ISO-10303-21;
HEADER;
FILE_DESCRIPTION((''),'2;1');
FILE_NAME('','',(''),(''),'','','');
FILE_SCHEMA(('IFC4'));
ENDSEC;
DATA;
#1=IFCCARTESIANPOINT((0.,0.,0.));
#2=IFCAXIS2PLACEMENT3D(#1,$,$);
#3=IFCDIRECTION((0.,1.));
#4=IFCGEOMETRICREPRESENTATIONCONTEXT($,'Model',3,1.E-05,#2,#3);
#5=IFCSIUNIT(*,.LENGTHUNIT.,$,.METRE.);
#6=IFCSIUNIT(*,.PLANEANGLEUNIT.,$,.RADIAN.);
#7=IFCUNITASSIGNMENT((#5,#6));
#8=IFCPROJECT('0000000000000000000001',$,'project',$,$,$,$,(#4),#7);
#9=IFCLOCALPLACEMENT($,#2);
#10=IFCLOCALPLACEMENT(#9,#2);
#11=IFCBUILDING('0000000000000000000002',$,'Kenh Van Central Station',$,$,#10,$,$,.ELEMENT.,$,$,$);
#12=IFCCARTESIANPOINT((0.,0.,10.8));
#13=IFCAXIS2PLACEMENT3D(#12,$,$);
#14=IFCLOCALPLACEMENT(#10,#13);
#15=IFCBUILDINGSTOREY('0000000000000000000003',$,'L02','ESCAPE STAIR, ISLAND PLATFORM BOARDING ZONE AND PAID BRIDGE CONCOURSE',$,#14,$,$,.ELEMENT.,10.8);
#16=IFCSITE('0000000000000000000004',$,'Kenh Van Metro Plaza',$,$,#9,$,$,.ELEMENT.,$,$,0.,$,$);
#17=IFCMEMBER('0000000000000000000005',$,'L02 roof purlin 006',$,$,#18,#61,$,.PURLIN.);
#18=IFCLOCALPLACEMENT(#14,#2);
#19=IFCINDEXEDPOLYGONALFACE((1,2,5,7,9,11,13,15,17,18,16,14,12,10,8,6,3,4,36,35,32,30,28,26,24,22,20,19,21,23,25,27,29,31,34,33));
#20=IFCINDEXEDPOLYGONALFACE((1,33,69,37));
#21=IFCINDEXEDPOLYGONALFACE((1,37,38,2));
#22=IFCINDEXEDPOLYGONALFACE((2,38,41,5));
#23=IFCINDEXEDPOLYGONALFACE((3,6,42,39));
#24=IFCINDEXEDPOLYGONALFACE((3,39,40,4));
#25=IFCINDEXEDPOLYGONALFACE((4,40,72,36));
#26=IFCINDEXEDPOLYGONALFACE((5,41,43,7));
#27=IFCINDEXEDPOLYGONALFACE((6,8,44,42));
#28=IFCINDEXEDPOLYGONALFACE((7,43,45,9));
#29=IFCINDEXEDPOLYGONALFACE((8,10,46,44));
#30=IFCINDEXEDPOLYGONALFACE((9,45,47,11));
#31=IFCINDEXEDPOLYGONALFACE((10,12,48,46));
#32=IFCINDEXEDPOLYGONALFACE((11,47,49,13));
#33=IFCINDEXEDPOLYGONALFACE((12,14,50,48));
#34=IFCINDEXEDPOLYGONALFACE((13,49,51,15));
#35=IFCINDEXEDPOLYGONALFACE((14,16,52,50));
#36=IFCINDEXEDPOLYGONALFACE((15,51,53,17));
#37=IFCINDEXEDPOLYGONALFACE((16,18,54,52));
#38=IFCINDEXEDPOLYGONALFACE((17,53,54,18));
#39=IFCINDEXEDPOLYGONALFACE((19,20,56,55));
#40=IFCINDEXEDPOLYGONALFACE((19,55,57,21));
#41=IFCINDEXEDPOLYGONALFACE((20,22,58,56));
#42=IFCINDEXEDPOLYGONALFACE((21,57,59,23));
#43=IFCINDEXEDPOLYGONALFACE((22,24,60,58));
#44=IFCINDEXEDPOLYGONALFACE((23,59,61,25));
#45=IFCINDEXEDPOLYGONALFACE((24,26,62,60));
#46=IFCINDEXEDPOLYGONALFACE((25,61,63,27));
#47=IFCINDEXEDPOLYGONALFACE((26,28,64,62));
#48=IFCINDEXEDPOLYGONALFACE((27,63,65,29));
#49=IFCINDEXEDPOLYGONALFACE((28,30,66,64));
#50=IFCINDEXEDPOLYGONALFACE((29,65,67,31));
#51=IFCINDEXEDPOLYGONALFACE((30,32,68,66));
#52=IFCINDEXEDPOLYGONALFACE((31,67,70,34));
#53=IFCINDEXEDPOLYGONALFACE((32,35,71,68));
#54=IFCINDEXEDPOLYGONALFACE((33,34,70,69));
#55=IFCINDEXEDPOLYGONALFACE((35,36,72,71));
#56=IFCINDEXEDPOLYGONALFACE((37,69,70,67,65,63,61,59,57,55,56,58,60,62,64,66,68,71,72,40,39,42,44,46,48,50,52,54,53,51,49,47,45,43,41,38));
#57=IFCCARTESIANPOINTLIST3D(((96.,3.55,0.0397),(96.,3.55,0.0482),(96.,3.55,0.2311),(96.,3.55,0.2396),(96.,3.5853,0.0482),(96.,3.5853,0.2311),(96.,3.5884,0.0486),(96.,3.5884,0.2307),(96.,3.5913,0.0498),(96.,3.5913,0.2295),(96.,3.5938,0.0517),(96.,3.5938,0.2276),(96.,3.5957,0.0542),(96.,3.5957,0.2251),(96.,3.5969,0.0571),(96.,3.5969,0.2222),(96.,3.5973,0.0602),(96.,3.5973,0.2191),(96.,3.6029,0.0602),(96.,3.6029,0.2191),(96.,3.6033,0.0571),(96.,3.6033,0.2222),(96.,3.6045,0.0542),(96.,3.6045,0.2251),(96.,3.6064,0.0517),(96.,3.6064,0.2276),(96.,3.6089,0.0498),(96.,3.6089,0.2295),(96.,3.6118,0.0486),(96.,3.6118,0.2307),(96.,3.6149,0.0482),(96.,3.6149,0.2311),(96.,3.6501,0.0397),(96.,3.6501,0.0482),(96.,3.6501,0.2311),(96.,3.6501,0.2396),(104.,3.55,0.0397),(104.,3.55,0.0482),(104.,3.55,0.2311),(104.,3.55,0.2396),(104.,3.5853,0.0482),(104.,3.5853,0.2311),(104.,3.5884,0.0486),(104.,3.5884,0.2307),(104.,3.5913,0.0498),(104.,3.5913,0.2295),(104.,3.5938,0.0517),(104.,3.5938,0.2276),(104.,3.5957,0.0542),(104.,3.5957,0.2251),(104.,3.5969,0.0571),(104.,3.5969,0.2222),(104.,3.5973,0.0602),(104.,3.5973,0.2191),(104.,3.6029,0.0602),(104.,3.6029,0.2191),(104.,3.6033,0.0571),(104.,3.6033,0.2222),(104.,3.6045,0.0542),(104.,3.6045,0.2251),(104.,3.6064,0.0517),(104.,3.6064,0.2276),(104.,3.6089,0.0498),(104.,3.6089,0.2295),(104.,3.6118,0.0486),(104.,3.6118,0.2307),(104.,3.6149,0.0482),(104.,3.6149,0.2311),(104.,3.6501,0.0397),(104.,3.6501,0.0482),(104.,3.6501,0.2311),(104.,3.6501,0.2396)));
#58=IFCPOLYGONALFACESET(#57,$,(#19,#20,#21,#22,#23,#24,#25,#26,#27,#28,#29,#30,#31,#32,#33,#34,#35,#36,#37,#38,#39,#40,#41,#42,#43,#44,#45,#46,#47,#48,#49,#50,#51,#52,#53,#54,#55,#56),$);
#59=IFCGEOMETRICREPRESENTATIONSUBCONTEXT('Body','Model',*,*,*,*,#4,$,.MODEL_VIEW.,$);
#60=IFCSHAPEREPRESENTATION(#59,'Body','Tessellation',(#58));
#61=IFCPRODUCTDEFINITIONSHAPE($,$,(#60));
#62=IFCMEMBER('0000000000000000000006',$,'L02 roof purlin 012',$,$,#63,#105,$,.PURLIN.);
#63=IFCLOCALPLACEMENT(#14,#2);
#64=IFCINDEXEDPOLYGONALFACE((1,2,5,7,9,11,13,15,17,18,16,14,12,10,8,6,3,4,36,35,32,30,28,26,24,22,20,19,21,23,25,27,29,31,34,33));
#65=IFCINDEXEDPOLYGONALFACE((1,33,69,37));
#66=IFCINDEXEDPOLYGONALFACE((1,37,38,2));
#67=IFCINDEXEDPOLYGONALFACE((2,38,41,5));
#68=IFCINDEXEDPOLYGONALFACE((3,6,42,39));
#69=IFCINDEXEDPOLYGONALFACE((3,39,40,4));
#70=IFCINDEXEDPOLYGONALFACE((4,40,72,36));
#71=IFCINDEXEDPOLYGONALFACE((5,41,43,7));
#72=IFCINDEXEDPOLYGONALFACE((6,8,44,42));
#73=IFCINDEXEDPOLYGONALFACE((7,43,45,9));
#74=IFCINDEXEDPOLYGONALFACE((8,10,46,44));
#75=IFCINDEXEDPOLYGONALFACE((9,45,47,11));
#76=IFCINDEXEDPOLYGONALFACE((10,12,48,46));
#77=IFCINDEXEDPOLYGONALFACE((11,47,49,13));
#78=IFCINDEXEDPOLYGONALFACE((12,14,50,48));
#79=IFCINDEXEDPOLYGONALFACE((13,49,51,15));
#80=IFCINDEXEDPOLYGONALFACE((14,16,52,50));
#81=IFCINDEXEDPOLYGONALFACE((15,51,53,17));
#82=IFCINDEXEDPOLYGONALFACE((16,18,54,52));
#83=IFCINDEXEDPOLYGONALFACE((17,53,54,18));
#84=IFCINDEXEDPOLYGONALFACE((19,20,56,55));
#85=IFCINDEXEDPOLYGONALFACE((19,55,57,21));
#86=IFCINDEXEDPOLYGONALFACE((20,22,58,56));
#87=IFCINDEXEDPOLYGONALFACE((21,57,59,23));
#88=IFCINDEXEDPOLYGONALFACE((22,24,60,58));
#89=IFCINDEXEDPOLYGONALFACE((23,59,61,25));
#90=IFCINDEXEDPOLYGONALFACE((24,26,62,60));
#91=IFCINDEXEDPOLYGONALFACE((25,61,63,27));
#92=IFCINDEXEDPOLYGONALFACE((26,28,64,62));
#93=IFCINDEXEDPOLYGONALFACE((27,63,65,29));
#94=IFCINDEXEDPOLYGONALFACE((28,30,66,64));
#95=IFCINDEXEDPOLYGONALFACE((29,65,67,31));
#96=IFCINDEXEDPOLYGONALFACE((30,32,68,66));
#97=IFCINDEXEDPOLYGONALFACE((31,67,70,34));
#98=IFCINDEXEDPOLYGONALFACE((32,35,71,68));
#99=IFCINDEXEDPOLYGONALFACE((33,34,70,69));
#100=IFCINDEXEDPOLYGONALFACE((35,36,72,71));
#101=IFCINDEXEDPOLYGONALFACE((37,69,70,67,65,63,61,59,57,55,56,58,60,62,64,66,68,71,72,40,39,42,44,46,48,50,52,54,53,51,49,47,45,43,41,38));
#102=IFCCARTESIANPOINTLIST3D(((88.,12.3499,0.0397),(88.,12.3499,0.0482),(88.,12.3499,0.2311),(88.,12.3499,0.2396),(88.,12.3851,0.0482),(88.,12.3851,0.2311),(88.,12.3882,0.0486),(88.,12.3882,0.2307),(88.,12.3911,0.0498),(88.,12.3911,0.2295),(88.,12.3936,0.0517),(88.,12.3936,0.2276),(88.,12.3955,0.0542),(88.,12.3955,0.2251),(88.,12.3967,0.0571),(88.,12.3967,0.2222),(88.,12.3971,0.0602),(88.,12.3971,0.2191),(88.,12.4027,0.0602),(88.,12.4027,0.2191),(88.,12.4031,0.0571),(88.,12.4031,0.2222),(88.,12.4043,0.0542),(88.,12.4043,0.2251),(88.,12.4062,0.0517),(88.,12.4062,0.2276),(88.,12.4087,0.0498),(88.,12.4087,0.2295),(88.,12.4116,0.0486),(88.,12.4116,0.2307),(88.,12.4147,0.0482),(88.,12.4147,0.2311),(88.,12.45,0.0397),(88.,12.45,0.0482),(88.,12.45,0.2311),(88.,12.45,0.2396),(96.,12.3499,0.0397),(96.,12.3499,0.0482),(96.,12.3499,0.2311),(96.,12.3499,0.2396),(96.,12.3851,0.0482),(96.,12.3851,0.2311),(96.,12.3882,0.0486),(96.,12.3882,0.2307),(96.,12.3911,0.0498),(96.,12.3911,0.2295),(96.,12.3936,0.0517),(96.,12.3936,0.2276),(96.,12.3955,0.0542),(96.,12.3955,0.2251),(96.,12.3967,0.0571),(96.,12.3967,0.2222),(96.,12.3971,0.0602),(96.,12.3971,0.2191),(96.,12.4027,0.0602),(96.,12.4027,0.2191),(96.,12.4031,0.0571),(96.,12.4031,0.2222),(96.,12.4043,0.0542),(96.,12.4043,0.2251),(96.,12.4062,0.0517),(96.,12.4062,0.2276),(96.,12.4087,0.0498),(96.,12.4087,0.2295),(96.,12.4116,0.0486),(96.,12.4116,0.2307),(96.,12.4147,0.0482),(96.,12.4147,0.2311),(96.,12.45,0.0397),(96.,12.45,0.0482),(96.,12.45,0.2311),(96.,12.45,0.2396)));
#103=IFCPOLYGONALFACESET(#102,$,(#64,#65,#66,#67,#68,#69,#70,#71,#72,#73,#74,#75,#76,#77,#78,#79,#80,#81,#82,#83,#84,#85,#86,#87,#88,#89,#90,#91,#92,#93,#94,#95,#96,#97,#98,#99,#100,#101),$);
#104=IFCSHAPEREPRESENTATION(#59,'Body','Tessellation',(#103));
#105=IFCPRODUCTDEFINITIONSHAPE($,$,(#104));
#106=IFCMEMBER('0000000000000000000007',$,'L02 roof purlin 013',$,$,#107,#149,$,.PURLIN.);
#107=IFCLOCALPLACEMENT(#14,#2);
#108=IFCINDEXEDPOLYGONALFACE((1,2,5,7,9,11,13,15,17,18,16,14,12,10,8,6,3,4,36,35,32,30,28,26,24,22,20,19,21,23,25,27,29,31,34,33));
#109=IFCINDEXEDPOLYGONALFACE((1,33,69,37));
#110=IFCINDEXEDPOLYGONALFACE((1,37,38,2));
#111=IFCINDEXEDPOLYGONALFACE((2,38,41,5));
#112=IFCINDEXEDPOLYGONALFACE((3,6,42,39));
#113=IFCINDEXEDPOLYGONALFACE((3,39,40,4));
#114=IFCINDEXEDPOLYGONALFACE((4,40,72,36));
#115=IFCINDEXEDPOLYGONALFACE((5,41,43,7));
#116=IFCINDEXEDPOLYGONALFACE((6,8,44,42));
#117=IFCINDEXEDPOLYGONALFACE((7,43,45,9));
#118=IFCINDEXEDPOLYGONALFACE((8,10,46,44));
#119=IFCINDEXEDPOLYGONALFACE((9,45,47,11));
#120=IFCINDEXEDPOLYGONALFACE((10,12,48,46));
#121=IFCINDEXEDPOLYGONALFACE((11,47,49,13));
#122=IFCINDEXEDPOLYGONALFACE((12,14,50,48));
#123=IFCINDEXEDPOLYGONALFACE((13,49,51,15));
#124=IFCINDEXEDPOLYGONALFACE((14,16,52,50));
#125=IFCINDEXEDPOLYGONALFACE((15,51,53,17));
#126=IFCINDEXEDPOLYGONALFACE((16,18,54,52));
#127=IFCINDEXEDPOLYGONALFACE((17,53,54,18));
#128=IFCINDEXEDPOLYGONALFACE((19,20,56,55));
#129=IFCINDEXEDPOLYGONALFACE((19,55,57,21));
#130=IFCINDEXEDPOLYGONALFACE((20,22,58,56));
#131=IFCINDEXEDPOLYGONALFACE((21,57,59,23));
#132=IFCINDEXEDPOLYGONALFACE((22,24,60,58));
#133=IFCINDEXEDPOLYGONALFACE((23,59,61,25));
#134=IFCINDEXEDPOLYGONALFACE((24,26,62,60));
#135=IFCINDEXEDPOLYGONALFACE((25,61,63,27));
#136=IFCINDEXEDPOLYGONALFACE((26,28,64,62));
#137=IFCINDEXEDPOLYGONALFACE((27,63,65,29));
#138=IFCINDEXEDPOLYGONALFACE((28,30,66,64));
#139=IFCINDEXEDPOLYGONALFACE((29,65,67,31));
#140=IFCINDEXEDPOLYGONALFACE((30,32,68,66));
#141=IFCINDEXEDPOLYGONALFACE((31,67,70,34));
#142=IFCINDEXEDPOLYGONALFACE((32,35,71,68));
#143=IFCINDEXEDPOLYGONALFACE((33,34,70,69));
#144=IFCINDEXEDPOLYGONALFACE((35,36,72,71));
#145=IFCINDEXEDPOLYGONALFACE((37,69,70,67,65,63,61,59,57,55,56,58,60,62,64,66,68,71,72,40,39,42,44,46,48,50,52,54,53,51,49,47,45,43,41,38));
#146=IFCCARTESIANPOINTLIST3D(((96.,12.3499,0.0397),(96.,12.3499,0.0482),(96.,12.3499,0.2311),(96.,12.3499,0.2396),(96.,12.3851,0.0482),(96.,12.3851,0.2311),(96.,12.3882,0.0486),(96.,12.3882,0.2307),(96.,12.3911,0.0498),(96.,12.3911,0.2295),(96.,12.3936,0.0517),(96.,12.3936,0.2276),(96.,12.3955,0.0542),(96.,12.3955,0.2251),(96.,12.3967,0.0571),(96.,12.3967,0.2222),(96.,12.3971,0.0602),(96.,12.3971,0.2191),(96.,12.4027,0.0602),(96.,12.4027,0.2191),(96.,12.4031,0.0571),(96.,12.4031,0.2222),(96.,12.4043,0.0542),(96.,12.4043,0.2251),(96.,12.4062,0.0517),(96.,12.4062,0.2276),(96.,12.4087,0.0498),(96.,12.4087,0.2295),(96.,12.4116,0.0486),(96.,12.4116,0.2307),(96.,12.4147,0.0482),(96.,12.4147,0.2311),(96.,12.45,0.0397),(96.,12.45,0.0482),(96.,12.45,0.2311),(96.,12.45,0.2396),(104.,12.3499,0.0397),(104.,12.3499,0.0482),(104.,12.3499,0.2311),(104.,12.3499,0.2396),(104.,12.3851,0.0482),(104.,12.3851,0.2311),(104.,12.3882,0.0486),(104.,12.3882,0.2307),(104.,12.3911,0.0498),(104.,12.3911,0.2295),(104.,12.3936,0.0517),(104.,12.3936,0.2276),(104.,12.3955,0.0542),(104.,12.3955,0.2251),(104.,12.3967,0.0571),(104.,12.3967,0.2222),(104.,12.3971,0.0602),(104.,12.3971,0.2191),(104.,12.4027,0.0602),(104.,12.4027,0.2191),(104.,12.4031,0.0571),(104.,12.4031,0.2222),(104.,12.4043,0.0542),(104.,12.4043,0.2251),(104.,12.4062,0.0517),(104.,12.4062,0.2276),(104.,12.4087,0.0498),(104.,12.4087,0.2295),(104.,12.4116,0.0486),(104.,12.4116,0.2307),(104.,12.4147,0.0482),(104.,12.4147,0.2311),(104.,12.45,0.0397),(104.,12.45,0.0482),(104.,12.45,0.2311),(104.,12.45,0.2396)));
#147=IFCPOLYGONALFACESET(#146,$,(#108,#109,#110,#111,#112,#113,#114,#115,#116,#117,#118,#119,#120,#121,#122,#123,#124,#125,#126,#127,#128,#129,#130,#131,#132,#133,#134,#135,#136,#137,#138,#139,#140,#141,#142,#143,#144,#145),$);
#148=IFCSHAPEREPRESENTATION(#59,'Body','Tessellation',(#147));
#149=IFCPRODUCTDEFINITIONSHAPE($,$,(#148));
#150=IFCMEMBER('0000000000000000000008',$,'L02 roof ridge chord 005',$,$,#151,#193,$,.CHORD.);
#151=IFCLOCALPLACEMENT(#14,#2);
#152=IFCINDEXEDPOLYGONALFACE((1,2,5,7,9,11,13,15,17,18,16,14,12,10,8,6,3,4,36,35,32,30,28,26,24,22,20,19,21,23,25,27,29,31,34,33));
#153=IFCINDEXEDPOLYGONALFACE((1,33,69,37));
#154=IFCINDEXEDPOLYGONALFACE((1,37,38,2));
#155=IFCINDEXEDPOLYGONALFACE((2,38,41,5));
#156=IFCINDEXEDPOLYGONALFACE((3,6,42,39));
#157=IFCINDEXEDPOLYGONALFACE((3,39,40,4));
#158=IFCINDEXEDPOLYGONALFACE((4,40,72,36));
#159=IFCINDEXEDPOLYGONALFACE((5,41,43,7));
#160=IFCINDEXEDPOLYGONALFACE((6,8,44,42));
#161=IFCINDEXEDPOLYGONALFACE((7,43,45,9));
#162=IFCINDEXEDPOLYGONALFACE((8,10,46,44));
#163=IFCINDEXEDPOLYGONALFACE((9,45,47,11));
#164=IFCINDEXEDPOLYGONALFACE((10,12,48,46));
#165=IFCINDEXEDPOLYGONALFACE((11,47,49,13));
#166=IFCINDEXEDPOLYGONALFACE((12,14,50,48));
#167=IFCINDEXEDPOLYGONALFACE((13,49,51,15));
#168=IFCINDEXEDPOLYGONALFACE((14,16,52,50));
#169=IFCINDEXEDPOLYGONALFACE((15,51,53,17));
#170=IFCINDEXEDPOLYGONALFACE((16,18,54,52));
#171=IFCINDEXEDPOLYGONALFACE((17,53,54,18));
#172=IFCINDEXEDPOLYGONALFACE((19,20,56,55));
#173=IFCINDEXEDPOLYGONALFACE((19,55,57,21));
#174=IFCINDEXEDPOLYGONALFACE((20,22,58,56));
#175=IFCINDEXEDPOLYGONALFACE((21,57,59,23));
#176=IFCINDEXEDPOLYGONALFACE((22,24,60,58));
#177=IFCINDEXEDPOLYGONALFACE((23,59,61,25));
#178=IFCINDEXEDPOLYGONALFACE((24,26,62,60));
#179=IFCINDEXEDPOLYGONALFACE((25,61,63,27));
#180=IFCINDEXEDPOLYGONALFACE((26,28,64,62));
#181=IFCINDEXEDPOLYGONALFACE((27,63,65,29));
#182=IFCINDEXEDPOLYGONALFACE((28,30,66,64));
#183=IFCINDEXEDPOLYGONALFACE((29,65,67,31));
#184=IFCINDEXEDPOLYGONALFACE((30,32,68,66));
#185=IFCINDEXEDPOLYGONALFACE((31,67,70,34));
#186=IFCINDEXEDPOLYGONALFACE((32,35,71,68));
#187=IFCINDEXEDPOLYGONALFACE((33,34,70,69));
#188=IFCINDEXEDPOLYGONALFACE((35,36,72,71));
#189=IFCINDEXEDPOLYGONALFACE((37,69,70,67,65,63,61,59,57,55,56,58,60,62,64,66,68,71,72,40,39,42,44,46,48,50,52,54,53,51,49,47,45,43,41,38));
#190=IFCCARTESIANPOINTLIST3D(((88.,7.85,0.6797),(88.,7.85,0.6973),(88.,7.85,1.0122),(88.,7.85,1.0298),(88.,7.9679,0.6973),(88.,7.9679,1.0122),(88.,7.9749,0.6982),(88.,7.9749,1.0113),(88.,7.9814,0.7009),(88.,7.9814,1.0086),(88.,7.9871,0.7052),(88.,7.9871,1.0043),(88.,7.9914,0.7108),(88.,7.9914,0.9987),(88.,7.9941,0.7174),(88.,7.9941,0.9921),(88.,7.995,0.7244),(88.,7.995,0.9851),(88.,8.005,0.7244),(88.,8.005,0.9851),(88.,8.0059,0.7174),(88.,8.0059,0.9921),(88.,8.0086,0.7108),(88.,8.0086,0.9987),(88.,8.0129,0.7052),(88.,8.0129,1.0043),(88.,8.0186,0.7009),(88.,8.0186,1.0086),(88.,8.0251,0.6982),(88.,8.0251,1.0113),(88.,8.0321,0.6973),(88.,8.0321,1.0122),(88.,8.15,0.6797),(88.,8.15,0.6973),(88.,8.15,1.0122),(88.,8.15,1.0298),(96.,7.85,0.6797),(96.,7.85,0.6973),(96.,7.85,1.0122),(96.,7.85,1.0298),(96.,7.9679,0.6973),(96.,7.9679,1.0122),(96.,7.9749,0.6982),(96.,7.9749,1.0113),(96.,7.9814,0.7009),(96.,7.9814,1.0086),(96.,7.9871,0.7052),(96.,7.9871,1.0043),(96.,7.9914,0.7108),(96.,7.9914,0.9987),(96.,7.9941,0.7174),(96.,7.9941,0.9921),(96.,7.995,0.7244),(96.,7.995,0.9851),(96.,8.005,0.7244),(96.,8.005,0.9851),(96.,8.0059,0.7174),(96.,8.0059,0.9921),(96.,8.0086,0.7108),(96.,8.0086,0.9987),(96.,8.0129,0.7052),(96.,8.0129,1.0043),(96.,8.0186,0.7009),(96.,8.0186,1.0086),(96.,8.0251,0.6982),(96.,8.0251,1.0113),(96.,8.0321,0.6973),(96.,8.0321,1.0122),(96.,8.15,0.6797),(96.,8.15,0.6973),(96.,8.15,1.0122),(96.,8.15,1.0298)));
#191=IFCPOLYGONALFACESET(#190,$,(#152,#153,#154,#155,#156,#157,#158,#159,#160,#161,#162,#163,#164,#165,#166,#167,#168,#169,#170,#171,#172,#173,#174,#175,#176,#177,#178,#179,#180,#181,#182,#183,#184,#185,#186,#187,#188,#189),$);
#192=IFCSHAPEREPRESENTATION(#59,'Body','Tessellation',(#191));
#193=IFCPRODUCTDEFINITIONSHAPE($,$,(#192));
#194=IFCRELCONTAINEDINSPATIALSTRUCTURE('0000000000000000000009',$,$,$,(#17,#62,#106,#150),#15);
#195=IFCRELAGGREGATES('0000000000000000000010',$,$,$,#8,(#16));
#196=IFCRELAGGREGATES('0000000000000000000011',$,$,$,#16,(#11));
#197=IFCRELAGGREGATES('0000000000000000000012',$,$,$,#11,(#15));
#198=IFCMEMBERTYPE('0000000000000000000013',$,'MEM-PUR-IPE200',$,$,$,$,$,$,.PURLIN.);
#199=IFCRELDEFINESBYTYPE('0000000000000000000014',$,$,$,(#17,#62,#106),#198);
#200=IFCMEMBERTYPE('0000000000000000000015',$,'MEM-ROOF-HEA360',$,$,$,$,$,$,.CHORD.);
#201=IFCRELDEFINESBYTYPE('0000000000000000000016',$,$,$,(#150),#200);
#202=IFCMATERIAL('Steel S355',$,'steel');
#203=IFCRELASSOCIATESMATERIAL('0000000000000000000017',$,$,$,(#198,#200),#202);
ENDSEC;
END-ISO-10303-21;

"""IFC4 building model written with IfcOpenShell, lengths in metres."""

from ifc_helpers import new_model, si_unit, direction, frame, origin, origin_2d, place, context, subcontext, project, spatial, i_section, extrude, material, material_profile, profile_set, type_object, element, save


model = new_model("IFC4")

# Units and contexts
model_context = context("Model", 3, precision=1e-05, world=origin(), true_north=direction((0.0, 1.0)))
body_context = subcontext(model_context, "Body", "Model", "MODEL_VIEW")
ifc_project = project(units=[si_unit("LENGTHUNIT", "METRE"), si_unit("PLANEANGLEUNIT", "RADIAN")], contexts=[model_context])

# Site, building, storey
site_placement = place(None, origin())
site = spatial("IfcSite", under=ifc_project, at=site_placement, Name="Kenh Van Metro Plaza", CompositionType="ELEMENT", RefElevation=0.0)
building_placement = place(site_placement, origin())
building = spatial("IfcBuilding", under=site, at=building_placement, Name="Kenh Van Central Station", CompositionType="ELEMENT")
storey_placement = place(building_placement, frame((0.0, 0.0, 10.8)))
storey = spatial("IfcBuildingStorey", under=building, at=storey_placement, Name="L02", Description="ESCAPE STAIR, ISLAND PLATFORM BOARDING ZONE AND PAID BRIDGE CONCOURSE", CompositionType="ELEMENT", Elevation=10.8)

# Shared definitions
ifc_material_1 = material(Name="Steel S355", Category="steel")

# Members
ifc_material_profile_1 = material_profile(ifc_material_1, i_section(OverallWidth=0.1001, OverallDepth=0.2, WebThickness=0.0056, FlangeThickness=0.0085, FilletRadius=0.012, at=origin_2d()), Name="IPE 200")
ifc_profile_set_1 = profile_set([ifc_material_profile_1], Name="Steel S355")
member_type_1 = type_object("IfcMemberType", Name="MEM-PUR-IPE200", PredefinedType="PURLIN", material=ifc_profile_set_1)
for number, where, z_axis, x_axis, name in (
    (1, (96.0, 3.6001, 0.1396), (1.0, 0.0, 0.0), (0.0, 1.0, 0.0), "L02 roof purlin 006"),
    (2, (88.0, 12.3999, 0.1396), (1.0, 0.0, 0.0), (0.0, 1.0, 0.0), "L02 roof purlin 012"),
    (3, (96.0, 12.3999, 0.1396), (1.0, 0.0, 0.0), (0.0, 1.0, 0.0), "L02 roof purlin 013"),
):
    element("IfcMember", number, at=place(storey_placement, frame(where, z_axis=z_axis, x_axis=x_axis)), inside=storey, type_object=member_type_1, Name=name, PredefinedType="PURLIN", context=body_context, shape_type="SweptSolid", body=[
        extrude(i_section(OverallWidth=0.1001, OverallDepth=0.2, WebThickness=0.0056, FlangeThickness=0.0085, FilletRadius=0.012, at=origin_2d()), origin(), (0.0, 0.0, 1.0), 8.0),
    ])
ifc_material_profile_2 = material_profile(ifc_material_1, i_section(OverallWidth=0.3, OverallDepth=0.3501, WebThickness=0.01, FlangeThickness=0.0176, FilletRadius=0.0271, at=origin_2d()), Name="HEA 360")
ifc_profile_set_2 = profile_set([ifc_material_profile_2], Name="Steel S355")
member_type_2 = type_object("IfcMemberType", Name="MEM-ROOF-HEA360", PredefinedType="CHORD", material=ifc_profile_set_2)
for number, where, z_axis, x_axis, name in (
    (4, (88.0, 8.0, 0.8547), (1.0, 0.0, 0.0), (0.0, 1.0, 0.0), "L02 roof ridge chord 005"),
):
    element("IfcMember", number, at=place(storey_placement, frame(where, z_axis=z_axis, x_axis=x_axis)), inside=storey, type_object=member_type_2, Name=name, PredefinedType="CHORD", context=body_context, shape_type="SweptSolid", body=[
        extrude(i_section(OverallWidth=0.3, OverallDepth=0.3501, WebThickness=0.01, FlangeThickness=0.0176, FilletRadius=0.0271, at=origin_2d()), origin(), (0.0, 0.0, 1.0), 8.0),
    ])

save(model, "model.ifc")
